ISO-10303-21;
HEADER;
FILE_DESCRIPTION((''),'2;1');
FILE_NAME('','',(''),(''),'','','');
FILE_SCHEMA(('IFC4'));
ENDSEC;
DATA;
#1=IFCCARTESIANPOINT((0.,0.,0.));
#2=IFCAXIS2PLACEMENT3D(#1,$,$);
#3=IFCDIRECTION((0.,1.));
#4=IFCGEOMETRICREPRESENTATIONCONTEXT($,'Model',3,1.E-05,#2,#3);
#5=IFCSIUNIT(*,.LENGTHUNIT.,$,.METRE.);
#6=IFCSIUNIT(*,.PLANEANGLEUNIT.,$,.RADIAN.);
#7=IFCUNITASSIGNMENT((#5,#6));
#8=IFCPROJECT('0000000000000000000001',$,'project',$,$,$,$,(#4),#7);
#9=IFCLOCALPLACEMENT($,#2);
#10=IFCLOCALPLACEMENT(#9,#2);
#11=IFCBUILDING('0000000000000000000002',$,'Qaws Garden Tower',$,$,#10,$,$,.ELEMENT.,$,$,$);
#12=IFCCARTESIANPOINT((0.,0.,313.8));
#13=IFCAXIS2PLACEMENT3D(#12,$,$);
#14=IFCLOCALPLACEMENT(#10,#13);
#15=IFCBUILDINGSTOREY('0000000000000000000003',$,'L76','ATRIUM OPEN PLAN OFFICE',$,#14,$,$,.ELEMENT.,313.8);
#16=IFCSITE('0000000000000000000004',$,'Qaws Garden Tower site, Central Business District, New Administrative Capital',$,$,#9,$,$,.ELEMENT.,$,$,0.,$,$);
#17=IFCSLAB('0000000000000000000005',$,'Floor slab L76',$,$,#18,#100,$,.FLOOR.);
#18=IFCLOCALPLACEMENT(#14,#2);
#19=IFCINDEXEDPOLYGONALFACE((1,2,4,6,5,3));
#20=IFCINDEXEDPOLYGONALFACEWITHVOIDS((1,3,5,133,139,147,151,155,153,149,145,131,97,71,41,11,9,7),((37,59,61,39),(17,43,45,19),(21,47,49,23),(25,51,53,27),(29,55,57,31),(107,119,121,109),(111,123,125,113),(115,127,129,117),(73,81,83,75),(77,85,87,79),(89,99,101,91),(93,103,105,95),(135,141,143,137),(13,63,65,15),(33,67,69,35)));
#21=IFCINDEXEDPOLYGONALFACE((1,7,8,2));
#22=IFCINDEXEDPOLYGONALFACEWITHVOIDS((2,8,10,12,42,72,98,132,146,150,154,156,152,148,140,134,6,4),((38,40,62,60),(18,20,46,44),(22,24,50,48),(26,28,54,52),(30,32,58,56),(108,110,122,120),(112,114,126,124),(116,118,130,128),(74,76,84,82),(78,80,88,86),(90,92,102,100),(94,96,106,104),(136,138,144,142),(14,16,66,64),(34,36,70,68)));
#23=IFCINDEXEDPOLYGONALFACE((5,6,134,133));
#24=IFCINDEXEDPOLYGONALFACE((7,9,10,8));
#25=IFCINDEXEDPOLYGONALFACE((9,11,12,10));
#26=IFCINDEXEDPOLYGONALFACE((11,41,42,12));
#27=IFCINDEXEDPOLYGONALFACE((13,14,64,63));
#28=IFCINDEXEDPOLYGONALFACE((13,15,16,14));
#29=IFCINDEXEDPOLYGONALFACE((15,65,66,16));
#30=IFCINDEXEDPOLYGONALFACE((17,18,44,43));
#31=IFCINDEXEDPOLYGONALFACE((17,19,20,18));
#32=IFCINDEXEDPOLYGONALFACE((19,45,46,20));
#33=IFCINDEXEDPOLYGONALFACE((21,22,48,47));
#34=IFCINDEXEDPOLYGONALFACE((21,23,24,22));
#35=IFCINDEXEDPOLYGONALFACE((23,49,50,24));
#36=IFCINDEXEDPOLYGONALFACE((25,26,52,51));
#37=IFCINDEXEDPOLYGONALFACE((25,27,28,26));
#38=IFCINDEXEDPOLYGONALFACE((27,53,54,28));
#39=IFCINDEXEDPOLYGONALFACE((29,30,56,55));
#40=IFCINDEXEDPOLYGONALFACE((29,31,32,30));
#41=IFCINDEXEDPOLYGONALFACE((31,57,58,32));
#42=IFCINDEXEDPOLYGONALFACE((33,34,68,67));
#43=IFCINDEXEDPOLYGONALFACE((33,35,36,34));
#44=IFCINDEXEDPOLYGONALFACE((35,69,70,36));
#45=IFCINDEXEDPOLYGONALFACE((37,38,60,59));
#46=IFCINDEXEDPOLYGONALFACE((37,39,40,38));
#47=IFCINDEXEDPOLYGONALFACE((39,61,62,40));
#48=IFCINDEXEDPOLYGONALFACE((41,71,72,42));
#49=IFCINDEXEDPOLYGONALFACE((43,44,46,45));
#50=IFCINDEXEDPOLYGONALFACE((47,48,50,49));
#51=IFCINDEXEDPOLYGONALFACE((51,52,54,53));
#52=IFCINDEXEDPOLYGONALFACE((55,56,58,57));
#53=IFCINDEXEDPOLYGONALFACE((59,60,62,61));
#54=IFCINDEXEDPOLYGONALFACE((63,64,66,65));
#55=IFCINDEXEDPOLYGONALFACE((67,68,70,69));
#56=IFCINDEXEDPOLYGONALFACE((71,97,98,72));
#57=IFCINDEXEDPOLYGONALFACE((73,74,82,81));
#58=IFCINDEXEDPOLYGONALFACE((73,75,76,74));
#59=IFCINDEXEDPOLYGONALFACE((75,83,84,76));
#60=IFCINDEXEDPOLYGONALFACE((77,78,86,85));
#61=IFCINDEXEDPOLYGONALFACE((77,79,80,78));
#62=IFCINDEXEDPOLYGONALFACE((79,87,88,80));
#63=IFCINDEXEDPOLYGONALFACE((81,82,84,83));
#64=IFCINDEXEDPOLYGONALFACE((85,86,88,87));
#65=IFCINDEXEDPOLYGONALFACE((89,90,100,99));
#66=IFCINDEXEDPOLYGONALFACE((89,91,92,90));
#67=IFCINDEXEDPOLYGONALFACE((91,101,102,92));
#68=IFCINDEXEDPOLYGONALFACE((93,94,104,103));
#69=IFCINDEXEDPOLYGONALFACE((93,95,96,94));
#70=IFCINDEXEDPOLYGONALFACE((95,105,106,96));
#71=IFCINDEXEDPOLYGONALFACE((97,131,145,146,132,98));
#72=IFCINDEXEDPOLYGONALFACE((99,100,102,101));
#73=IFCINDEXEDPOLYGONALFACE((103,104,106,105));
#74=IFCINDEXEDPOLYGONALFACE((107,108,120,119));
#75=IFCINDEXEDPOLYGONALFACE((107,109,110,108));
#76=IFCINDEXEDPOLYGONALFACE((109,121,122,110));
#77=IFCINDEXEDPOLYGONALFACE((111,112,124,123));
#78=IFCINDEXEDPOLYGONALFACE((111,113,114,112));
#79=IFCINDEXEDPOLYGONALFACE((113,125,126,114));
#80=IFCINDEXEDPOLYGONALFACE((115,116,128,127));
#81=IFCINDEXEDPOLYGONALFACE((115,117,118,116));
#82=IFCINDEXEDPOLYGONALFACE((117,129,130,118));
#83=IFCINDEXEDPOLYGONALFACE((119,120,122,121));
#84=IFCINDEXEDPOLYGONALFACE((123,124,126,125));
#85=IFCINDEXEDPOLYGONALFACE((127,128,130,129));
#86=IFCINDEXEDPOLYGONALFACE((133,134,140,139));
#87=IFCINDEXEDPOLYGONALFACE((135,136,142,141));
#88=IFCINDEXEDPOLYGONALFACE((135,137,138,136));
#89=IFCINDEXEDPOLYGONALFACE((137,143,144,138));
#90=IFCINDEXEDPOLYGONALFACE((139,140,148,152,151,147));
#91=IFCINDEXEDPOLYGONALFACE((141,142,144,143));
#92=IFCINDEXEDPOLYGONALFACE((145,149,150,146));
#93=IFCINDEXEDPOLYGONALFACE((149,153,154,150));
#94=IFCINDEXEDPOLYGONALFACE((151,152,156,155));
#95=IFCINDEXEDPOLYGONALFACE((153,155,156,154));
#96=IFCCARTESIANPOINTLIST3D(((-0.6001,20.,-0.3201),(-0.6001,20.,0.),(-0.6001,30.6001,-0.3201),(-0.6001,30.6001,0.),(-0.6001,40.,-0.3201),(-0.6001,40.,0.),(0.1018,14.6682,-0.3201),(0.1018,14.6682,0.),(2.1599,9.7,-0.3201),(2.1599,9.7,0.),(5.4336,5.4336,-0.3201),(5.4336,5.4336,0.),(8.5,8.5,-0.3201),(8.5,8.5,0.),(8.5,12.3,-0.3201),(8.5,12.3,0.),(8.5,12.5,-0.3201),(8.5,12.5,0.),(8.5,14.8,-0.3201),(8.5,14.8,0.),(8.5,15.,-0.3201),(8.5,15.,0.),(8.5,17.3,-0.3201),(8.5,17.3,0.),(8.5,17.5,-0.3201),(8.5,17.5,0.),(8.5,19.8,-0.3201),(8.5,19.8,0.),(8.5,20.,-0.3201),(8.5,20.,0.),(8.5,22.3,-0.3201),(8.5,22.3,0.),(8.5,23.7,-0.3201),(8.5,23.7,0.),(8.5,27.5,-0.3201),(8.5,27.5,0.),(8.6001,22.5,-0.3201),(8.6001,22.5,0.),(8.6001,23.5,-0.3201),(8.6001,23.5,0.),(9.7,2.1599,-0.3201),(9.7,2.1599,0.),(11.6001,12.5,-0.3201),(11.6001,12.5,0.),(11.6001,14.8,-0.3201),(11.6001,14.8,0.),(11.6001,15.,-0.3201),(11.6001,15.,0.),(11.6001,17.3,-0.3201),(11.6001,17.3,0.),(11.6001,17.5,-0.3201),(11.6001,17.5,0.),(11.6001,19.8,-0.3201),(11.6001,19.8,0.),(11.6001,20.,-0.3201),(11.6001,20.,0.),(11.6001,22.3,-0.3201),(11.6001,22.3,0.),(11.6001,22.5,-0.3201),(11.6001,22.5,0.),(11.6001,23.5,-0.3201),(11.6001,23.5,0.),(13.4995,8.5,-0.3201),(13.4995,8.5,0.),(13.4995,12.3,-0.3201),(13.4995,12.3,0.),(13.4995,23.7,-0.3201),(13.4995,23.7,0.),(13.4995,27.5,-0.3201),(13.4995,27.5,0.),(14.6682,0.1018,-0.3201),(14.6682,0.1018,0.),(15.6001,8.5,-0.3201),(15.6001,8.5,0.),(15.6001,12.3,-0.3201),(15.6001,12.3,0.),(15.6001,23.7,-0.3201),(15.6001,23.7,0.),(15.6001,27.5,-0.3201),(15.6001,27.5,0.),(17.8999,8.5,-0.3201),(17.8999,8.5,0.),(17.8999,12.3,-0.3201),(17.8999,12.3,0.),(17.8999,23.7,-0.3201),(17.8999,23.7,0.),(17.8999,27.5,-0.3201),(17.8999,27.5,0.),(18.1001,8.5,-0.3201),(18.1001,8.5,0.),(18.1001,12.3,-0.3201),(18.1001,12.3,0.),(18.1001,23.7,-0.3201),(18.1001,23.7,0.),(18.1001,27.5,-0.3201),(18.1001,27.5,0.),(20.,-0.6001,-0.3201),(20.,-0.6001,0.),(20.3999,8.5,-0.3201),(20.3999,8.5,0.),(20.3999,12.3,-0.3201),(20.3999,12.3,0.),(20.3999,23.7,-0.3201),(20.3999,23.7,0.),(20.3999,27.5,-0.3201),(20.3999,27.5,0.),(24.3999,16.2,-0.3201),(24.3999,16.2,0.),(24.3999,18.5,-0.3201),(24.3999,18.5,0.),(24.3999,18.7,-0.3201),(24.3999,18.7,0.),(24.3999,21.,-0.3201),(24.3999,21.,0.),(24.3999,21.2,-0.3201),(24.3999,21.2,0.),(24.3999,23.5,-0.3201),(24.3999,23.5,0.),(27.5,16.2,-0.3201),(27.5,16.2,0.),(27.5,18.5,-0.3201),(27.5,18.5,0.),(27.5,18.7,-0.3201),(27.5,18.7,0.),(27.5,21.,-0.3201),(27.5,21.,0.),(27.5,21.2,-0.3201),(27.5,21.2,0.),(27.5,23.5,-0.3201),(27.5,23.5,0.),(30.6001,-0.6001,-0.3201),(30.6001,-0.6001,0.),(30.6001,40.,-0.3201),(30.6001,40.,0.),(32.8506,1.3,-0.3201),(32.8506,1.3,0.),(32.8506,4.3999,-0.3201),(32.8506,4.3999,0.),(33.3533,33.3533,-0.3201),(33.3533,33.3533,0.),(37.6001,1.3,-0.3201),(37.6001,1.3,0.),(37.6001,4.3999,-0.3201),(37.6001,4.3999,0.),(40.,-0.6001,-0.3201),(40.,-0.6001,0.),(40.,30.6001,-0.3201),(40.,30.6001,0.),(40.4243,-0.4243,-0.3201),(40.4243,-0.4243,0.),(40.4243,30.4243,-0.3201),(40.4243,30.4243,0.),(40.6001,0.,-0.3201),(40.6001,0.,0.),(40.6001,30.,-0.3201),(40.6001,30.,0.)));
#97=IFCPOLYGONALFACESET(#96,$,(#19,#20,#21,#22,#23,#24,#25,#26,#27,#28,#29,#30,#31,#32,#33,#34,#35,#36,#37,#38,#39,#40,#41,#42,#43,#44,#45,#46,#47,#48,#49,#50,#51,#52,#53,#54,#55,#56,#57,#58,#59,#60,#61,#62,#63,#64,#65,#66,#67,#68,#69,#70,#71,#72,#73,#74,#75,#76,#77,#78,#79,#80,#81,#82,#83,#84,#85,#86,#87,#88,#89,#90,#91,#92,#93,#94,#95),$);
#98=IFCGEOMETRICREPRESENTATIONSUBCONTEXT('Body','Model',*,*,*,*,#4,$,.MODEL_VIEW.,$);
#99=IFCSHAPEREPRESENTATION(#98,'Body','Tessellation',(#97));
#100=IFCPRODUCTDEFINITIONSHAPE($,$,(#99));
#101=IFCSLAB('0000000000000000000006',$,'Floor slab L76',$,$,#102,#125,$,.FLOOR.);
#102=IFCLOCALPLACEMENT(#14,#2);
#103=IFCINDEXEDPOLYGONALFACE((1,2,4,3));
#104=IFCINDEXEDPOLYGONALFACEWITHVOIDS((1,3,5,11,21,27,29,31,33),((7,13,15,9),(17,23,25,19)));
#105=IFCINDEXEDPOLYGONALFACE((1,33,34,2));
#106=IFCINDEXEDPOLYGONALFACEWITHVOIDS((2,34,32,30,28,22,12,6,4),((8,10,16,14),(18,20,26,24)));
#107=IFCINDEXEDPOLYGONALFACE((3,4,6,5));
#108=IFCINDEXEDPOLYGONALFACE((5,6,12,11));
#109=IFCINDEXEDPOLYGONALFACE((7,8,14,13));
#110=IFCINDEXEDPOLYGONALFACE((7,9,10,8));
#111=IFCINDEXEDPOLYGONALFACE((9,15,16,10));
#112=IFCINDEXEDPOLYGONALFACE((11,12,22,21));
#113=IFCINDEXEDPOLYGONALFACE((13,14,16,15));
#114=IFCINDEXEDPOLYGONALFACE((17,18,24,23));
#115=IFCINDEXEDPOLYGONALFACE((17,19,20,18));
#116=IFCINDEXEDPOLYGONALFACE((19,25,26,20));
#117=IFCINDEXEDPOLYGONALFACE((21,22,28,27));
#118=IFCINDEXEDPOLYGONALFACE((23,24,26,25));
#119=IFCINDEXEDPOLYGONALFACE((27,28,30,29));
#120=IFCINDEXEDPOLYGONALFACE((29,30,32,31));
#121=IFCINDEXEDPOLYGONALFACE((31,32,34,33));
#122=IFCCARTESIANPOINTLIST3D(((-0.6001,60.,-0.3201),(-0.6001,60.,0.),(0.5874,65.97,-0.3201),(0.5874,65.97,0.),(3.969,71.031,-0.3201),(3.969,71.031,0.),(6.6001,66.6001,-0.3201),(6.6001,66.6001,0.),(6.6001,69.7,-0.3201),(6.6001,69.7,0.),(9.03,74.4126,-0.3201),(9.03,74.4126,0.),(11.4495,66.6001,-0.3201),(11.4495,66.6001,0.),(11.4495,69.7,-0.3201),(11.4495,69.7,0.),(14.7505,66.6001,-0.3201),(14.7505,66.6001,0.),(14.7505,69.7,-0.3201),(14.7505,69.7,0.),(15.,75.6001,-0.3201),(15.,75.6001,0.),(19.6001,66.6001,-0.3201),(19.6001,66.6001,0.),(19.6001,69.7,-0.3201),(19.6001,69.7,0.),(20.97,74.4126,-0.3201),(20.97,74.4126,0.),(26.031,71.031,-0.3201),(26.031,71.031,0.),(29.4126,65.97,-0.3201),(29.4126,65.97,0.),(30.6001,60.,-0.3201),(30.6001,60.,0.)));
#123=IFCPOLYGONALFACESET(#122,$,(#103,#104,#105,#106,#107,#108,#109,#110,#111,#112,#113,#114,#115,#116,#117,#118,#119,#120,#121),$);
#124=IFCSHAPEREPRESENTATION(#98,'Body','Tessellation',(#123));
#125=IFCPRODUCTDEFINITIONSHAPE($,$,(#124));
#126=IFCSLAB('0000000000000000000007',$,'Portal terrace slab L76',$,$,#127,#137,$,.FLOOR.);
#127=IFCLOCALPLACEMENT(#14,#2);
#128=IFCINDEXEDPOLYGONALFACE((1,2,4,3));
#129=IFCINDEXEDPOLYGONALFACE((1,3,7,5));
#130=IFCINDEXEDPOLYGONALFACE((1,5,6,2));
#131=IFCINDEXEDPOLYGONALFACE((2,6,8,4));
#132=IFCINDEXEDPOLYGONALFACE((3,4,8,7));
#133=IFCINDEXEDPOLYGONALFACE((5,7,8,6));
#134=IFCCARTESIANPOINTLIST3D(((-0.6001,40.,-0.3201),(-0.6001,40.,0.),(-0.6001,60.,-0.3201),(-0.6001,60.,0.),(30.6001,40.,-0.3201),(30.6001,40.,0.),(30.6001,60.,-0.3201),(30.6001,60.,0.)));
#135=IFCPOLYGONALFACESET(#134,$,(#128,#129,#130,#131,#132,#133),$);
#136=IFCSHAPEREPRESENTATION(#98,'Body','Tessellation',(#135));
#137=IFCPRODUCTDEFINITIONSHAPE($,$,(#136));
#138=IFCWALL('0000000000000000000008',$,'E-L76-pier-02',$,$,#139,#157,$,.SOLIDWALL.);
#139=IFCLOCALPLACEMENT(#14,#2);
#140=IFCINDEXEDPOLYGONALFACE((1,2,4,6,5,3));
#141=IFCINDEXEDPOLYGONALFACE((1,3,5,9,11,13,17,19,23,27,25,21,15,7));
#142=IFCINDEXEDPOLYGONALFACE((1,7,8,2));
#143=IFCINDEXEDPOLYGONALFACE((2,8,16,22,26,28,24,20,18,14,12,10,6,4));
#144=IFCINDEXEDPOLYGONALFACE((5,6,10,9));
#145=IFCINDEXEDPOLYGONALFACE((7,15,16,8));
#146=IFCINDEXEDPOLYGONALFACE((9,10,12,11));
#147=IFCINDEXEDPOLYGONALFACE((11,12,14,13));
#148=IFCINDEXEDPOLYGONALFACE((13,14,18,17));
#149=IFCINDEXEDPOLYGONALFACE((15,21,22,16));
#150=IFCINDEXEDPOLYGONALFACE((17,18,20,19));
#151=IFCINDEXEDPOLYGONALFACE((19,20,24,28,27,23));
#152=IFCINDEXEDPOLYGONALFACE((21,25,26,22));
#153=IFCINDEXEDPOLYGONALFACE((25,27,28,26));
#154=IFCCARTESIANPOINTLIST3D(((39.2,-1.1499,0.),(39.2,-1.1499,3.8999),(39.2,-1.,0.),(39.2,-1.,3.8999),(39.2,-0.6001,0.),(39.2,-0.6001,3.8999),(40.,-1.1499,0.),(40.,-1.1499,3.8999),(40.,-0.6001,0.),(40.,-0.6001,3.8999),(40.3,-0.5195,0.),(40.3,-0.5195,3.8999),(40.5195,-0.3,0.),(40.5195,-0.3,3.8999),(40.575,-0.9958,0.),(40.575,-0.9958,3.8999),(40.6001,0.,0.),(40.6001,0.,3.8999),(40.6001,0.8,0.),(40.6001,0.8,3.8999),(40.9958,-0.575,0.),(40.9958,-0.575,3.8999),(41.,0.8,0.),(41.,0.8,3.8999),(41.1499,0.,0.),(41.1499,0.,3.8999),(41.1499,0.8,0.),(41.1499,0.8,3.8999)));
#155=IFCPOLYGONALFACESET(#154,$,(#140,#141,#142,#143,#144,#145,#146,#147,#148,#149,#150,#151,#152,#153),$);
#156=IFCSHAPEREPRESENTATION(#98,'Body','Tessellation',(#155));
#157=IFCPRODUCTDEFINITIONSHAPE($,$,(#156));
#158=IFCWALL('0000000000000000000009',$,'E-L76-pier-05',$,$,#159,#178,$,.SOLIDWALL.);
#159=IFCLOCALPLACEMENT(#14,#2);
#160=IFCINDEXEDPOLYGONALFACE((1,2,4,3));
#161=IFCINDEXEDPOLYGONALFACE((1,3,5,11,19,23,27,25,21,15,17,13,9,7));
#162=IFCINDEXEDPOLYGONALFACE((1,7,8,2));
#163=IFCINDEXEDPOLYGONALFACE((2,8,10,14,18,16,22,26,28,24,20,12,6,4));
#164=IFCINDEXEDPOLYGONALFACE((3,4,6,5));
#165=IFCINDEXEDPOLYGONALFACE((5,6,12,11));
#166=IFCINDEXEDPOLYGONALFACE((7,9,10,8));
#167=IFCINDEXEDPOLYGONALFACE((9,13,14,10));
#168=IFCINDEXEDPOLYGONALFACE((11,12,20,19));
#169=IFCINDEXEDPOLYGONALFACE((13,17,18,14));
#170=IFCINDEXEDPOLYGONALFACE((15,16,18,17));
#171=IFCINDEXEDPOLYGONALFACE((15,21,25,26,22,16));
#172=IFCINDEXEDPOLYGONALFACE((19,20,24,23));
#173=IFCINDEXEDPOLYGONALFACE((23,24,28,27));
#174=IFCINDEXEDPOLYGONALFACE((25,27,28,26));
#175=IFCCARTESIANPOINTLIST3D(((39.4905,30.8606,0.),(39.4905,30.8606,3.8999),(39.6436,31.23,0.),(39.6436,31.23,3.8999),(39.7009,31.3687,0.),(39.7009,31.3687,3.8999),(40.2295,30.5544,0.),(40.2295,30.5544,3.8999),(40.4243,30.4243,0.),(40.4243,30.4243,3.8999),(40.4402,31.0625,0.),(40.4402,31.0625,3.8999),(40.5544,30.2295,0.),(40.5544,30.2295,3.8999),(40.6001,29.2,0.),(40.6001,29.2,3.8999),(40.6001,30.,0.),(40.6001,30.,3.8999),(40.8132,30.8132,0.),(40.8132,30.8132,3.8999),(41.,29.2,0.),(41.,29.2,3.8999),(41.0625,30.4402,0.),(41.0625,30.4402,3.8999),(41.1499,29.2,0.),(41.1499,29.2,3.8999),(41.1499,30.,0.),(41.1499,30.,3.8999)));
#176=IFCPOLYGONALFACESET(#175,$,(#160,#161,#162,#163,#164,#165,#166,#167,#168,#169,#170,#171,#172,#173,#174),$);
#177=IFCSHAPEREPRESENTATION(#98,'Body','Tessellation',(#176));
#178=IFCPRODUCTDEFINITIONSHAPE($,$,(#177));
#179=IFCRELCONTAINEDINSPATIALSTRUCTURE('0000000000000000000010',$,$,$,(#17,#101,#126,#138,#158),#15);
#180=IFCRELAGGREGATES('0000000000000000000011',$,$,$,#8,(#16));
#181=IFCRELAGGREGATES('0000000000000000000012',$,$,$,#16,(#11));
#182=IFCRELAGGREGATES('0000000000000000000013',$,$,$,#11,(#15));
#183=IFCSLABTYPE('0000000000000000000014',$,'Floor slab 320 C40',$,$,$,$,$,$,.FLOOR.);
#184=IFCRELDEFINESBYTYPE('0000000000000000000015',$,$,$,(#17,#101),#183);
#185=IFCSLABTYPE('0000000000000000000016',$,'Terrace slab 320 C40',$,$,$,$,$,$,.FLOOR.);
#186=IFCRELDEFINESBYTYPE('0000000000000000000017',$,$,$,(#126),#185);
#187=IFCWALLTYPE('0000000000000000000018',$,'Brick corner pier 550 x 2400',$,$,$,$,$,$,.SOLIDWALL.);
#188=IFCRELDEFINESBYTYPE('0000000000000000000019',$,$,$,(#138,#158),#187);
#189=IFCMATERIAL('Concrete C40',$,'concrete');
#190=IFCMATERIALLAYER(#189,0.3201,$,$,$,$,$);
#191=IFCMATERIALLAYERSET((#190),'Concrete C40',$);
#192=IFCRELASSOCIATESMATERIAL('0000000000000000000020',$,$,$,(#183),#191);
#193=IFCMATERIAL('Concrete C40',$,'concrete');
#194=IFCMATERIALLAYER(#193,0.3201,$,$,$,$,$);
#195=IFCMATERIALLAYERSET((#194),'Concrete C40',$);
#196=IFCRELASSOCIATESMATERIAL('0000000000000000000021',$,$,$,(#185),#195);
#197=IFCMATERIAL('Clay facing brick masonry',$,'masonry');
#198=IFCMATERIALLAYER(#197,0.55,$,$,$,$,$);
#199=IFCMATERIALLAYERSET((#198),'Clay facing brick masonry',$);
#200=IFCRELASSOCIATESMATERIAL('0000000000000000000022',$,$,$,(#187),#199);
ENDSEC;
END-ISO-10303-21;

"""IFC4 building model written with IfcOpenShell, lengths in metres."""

from ifc_helpers import new_model, si_unit, direction, frame, origin, place, context, subcontext, project, spatial, polyline, outline, extrude, material, layer, layer_set, type_object, element, save


model = new_model("IFC4")

# Units and contexts
model_context = context("Model", 3, precision=1e-05, world=origin(), true_north=direction((0.0, 1.0)))
body_context = subcontext(model_context, "Body", "Model", "MODEL_VIEW")
ifc_project = project(units=[si_unit("LENGTHUNIT", "METRE"), si_unit("PLANEANGLEUNIT", "RADIAN")], contexts=[model_context])

# Site, building, storey
site_placement = place(None, origin())
site = spatial("IfcSite", under=ifc_project, at=site_placement, Name="Qaws Garden Tower site, Central Business District, New Administrative Capital", CompositionType="ELEMENT", RefElevation=0.0)
building_placement = place(site_placement, origin())
building = spatial("IfcBuilding", under=site, at=building_placement, Name="Qaws Garden Tower", CompositionType="ELEMENT")
storey_placement = place(building_placement, frame((0.0, 0.0, 313.8)))
storey = spatial("IfcBuildingStorey", under=building, at=storey_placement, Name="L76", Description="ATRIUM OPEN PLAN OFFICE", CompositionType="ELEMENT", Elevation=313.8)

# Slabs
ifc_material_1 = material(Name="Concrete C40", Category="concrete")
ifc_layer_1 = layer(ifc_material_1, 0.3201)
ifc_layer_set_1 = layer_set([ifc_layer_1], Name="Concrete C40")
slab_type_1 = type_object("IfcSlabType", Name="Floor slab 320 C40", PredefinedType="FLOOR", material=ifc_layer_set_1)
placement_1 = place(storey_placement, frame((0.0, 0.0, -0.3201)))
element("IfcSlab", 1, at=placement_1, inside=storey, type_object=slab_type_1, Name="Floor slab L76", PredefinedType="FLOOR", context=body_context, shape_type="SweptSolid", body=[
    extrude(outline(polyline([(-0.6001, 20.0), (-0.6001, 30.6001), (-0.6001, 40.0), (30.6001, 40.0), (33.3533, 33.3533), (40.0, 30.6001), (40.4243, 30.4243), (40.6001, 30.0), (40.6001, 0.0), (40.4243, -0.4243), (40.0, -0.6001), (30.6001, -0.6001), (20.0, -0.6001), (14.6682, 0.1018), (9.7, 2.1599), (5.4336, 5.4336), (2.1599, 9.7), (0.1018, 14.6682), (-0.6001, 20.0)]), holes=[polyline([(13.4995, 12.3), (8.5, 12.3), (8.5, 8.5), (13.4995, 8.5), (13.4995, 12.3)]), polyline([(17.8999, 12.3), (15.6001, 12.3), (15.6001, 8.5), (17.8999, 8.5), (17.8999, 12.3)]), polyline([(11.6001, 14.8), (8.5, 14.8), (8.5, 12.5), (11.6001, 12.5), (11.6001, 14.8)]), polyline([(11.6001, 17.3), (8.5, 17.3), (8.5, 15.0), (11.6001, 15.0), (11.6001, 17.3)]), polyline([(11.6001, 19.8), (8.5, 19.8), (8.5, 17.5), (11.6001, 17.5), (11.6001, 19.8)]), polyline([(11.6001, 22.3), (8.5, 22.3), (8.5, 20.0), (11.6001, 20.0), (11.6001, 22.3)]), polyline([(11.6001, 23.5), (8.6001, 23.5), (8.6001, 22.5), (11.6001, 22.5), (11.6001, 23.5)]), polyline([(13.4995, 27.5), (8.5, 27.5), (8.5, 23.7), (13.4995, 23.7), (13.4995, 27.5)]), polyline([(37.6001, 4.3999), (32.8506, 4.3999), (32.8506, 1.3), (37.6001, 1.3), (37.6001, 4.3999)]), polyline([(20.3999, 12.3), (18.1001, 12.3), (18.1001, 8.5), (20.3999, 8.5), (20.3999, 12.3)]), polyline([(27.5, 18.5), (24.3999, 18.5), (24.3999, 16.2), (27.5, 16.2), (27.5, 18.5)]), polyline([(27.5, 21.0), (24.3999, 21.0), (24.3999, 18.7), (27.5, 18.7), (27.5, 21.0)]), polyline([(27.5, 23.5), (24.3999, 23.5), (24.3999, 21.2), (27.5, 21.2), (27.5, 23.5)]), polyline([(17.8999, 27.5), (15.6001, 27.5), (15.6001, 23.7), (17.8999, 23.7), (17.8999, 27.5)]), polyline([(20.3999, 23.7), (20.3999, 27.5), (18.1001, 27.5), (18.1001, 23.7), (20.3999, 23.7)])]), origin(), (0.0, 0.0, 1.0), 0.3201),
])
element("IfcSlab", 2, at=placement_1, inside=storey, type_object=slab_type_1, Name="Floor slab L76", PredefinedType="FLOOR", context=body_context, shape_type="SweptSolid", body=[
    extrude(outline(polyline([(3.969, 71.031), (9.03, 74.4126), (15.0, 75.6001), (20.97, 74.4126), (26.031, 71.031), (29.4126, 65.97), (30.6001, 60.0), (-0.6001, 60.0), (0.5874, 65.97), (3.969, 71.031)]), holes=[polyline([(11.4495, 69.7), (6.6001, 69.7), (6.6001, 66.6001), (11.4495, 66.6001), (11.4495, 69.7)]), polyline([(19.6001, 66.6001), (19.6001, 69.7), (14.7505, 69.7), (14.7505, 66.6001), (19.6001, 66.6001)])]), origin(), (0.0, 0.0, 1.0), 0.3201),
])
ifc_material_2 = material(Name="Concrete C40", Category="concrete")
ifc_layer_2 = layer(ifc_material_2, 0.3201)
ifc_layer_set_2 = layer_set([ifc_layer_2], Name="Concrete C40")
slab_type_2 = type_object("IfcSlabType", Name="Terrace slab 320 C40", PredefinedType="FLOOR", material=ifc_layer_set_2)
element("IfcSlab", 3, at=placement_1, inside=storey, type_object=slab_type_2, Name="Portal terrace slab L76", PredefinedType="FLOOR", context=body_context, shape_type="SweptSolid", body=[
    extrude(outline(polyline([(-0.6001, 60.0), (-0.6001, 60.0), (30.6001, 60.0), (30.6001, 40.0), (-0.6001, 40.0), (-0.6001, 60.0)])), origin(), (0.0, 0.0, 1.0), 0.3201),
])

# Walls
ifc_material_3 = material(Name="Clay facing brick masonry", Category="masonry")
ifc_layer_3 = layer(ifc_material_3, 0.55)
ifc_layer_set_3 = layer_set([ifc_layer_3], Name="Clay facing brick masonry")
wall_type_1 = type_object("IfcWallType", Name="Brick corner pier 550 x 2400", PredefinedType="SOLIDWALL", material=ifc_layer_set_3)
placement_2 = place(storey_placement, origin())
element("IfcWall", 4, at=placement_2, inside=storey, type_object=wall_type_1, Name="E-L76-pier-02", PredefinedType="SOLIDWALL", context=body_context, shape_type="SweptSolid", body=[
    extrude(outline(polyline([(39.2, -1.0), (39.2, -1.1499), (40.0, -1.1499), (40.575, -0.9958), (40.9958, -0.575), (41.1499, 0.0), (41.1499, 0.8), (41.0, 0.8), (40.6001, 0.8), (40.6001, 0.0), (40.5195, -0.3), (40.3, -0.5195), (40.0, -0.6001), (39.2, -0.6001), (39.2, -1.0)])), origin(), (0.0, 0.0, 1.0), 3.8999),
])
element("IfcWall", 5, at=placement_2, inside=storey, type_object=wall_type_1, Name="E-L76-pier-05", PredefinedType="SOLIDWALL", context=body_context, shape_type="SweptSolid", body=[
    extrude(outline(polyline([(41.0, 29.2), (41.1499, 29.2), (41.1499, 30.0), (41.0625, 30.4402), (40.8132, 30.8132), (40.4402, 31.0625), (39.7009, 31.3687), (39.6436, 31.23), (39.4905, 30.8606), (40.2295, 30.5544), (40.4243, 30.4243), (40.5544, 30.2295), (40.6001, 30.0), (40.6001, 29.2), (41.0, 29.2)])), origin(), (0.0, 0.0, 1.0), 3.8999),
])

save(model, "model.ifc")
